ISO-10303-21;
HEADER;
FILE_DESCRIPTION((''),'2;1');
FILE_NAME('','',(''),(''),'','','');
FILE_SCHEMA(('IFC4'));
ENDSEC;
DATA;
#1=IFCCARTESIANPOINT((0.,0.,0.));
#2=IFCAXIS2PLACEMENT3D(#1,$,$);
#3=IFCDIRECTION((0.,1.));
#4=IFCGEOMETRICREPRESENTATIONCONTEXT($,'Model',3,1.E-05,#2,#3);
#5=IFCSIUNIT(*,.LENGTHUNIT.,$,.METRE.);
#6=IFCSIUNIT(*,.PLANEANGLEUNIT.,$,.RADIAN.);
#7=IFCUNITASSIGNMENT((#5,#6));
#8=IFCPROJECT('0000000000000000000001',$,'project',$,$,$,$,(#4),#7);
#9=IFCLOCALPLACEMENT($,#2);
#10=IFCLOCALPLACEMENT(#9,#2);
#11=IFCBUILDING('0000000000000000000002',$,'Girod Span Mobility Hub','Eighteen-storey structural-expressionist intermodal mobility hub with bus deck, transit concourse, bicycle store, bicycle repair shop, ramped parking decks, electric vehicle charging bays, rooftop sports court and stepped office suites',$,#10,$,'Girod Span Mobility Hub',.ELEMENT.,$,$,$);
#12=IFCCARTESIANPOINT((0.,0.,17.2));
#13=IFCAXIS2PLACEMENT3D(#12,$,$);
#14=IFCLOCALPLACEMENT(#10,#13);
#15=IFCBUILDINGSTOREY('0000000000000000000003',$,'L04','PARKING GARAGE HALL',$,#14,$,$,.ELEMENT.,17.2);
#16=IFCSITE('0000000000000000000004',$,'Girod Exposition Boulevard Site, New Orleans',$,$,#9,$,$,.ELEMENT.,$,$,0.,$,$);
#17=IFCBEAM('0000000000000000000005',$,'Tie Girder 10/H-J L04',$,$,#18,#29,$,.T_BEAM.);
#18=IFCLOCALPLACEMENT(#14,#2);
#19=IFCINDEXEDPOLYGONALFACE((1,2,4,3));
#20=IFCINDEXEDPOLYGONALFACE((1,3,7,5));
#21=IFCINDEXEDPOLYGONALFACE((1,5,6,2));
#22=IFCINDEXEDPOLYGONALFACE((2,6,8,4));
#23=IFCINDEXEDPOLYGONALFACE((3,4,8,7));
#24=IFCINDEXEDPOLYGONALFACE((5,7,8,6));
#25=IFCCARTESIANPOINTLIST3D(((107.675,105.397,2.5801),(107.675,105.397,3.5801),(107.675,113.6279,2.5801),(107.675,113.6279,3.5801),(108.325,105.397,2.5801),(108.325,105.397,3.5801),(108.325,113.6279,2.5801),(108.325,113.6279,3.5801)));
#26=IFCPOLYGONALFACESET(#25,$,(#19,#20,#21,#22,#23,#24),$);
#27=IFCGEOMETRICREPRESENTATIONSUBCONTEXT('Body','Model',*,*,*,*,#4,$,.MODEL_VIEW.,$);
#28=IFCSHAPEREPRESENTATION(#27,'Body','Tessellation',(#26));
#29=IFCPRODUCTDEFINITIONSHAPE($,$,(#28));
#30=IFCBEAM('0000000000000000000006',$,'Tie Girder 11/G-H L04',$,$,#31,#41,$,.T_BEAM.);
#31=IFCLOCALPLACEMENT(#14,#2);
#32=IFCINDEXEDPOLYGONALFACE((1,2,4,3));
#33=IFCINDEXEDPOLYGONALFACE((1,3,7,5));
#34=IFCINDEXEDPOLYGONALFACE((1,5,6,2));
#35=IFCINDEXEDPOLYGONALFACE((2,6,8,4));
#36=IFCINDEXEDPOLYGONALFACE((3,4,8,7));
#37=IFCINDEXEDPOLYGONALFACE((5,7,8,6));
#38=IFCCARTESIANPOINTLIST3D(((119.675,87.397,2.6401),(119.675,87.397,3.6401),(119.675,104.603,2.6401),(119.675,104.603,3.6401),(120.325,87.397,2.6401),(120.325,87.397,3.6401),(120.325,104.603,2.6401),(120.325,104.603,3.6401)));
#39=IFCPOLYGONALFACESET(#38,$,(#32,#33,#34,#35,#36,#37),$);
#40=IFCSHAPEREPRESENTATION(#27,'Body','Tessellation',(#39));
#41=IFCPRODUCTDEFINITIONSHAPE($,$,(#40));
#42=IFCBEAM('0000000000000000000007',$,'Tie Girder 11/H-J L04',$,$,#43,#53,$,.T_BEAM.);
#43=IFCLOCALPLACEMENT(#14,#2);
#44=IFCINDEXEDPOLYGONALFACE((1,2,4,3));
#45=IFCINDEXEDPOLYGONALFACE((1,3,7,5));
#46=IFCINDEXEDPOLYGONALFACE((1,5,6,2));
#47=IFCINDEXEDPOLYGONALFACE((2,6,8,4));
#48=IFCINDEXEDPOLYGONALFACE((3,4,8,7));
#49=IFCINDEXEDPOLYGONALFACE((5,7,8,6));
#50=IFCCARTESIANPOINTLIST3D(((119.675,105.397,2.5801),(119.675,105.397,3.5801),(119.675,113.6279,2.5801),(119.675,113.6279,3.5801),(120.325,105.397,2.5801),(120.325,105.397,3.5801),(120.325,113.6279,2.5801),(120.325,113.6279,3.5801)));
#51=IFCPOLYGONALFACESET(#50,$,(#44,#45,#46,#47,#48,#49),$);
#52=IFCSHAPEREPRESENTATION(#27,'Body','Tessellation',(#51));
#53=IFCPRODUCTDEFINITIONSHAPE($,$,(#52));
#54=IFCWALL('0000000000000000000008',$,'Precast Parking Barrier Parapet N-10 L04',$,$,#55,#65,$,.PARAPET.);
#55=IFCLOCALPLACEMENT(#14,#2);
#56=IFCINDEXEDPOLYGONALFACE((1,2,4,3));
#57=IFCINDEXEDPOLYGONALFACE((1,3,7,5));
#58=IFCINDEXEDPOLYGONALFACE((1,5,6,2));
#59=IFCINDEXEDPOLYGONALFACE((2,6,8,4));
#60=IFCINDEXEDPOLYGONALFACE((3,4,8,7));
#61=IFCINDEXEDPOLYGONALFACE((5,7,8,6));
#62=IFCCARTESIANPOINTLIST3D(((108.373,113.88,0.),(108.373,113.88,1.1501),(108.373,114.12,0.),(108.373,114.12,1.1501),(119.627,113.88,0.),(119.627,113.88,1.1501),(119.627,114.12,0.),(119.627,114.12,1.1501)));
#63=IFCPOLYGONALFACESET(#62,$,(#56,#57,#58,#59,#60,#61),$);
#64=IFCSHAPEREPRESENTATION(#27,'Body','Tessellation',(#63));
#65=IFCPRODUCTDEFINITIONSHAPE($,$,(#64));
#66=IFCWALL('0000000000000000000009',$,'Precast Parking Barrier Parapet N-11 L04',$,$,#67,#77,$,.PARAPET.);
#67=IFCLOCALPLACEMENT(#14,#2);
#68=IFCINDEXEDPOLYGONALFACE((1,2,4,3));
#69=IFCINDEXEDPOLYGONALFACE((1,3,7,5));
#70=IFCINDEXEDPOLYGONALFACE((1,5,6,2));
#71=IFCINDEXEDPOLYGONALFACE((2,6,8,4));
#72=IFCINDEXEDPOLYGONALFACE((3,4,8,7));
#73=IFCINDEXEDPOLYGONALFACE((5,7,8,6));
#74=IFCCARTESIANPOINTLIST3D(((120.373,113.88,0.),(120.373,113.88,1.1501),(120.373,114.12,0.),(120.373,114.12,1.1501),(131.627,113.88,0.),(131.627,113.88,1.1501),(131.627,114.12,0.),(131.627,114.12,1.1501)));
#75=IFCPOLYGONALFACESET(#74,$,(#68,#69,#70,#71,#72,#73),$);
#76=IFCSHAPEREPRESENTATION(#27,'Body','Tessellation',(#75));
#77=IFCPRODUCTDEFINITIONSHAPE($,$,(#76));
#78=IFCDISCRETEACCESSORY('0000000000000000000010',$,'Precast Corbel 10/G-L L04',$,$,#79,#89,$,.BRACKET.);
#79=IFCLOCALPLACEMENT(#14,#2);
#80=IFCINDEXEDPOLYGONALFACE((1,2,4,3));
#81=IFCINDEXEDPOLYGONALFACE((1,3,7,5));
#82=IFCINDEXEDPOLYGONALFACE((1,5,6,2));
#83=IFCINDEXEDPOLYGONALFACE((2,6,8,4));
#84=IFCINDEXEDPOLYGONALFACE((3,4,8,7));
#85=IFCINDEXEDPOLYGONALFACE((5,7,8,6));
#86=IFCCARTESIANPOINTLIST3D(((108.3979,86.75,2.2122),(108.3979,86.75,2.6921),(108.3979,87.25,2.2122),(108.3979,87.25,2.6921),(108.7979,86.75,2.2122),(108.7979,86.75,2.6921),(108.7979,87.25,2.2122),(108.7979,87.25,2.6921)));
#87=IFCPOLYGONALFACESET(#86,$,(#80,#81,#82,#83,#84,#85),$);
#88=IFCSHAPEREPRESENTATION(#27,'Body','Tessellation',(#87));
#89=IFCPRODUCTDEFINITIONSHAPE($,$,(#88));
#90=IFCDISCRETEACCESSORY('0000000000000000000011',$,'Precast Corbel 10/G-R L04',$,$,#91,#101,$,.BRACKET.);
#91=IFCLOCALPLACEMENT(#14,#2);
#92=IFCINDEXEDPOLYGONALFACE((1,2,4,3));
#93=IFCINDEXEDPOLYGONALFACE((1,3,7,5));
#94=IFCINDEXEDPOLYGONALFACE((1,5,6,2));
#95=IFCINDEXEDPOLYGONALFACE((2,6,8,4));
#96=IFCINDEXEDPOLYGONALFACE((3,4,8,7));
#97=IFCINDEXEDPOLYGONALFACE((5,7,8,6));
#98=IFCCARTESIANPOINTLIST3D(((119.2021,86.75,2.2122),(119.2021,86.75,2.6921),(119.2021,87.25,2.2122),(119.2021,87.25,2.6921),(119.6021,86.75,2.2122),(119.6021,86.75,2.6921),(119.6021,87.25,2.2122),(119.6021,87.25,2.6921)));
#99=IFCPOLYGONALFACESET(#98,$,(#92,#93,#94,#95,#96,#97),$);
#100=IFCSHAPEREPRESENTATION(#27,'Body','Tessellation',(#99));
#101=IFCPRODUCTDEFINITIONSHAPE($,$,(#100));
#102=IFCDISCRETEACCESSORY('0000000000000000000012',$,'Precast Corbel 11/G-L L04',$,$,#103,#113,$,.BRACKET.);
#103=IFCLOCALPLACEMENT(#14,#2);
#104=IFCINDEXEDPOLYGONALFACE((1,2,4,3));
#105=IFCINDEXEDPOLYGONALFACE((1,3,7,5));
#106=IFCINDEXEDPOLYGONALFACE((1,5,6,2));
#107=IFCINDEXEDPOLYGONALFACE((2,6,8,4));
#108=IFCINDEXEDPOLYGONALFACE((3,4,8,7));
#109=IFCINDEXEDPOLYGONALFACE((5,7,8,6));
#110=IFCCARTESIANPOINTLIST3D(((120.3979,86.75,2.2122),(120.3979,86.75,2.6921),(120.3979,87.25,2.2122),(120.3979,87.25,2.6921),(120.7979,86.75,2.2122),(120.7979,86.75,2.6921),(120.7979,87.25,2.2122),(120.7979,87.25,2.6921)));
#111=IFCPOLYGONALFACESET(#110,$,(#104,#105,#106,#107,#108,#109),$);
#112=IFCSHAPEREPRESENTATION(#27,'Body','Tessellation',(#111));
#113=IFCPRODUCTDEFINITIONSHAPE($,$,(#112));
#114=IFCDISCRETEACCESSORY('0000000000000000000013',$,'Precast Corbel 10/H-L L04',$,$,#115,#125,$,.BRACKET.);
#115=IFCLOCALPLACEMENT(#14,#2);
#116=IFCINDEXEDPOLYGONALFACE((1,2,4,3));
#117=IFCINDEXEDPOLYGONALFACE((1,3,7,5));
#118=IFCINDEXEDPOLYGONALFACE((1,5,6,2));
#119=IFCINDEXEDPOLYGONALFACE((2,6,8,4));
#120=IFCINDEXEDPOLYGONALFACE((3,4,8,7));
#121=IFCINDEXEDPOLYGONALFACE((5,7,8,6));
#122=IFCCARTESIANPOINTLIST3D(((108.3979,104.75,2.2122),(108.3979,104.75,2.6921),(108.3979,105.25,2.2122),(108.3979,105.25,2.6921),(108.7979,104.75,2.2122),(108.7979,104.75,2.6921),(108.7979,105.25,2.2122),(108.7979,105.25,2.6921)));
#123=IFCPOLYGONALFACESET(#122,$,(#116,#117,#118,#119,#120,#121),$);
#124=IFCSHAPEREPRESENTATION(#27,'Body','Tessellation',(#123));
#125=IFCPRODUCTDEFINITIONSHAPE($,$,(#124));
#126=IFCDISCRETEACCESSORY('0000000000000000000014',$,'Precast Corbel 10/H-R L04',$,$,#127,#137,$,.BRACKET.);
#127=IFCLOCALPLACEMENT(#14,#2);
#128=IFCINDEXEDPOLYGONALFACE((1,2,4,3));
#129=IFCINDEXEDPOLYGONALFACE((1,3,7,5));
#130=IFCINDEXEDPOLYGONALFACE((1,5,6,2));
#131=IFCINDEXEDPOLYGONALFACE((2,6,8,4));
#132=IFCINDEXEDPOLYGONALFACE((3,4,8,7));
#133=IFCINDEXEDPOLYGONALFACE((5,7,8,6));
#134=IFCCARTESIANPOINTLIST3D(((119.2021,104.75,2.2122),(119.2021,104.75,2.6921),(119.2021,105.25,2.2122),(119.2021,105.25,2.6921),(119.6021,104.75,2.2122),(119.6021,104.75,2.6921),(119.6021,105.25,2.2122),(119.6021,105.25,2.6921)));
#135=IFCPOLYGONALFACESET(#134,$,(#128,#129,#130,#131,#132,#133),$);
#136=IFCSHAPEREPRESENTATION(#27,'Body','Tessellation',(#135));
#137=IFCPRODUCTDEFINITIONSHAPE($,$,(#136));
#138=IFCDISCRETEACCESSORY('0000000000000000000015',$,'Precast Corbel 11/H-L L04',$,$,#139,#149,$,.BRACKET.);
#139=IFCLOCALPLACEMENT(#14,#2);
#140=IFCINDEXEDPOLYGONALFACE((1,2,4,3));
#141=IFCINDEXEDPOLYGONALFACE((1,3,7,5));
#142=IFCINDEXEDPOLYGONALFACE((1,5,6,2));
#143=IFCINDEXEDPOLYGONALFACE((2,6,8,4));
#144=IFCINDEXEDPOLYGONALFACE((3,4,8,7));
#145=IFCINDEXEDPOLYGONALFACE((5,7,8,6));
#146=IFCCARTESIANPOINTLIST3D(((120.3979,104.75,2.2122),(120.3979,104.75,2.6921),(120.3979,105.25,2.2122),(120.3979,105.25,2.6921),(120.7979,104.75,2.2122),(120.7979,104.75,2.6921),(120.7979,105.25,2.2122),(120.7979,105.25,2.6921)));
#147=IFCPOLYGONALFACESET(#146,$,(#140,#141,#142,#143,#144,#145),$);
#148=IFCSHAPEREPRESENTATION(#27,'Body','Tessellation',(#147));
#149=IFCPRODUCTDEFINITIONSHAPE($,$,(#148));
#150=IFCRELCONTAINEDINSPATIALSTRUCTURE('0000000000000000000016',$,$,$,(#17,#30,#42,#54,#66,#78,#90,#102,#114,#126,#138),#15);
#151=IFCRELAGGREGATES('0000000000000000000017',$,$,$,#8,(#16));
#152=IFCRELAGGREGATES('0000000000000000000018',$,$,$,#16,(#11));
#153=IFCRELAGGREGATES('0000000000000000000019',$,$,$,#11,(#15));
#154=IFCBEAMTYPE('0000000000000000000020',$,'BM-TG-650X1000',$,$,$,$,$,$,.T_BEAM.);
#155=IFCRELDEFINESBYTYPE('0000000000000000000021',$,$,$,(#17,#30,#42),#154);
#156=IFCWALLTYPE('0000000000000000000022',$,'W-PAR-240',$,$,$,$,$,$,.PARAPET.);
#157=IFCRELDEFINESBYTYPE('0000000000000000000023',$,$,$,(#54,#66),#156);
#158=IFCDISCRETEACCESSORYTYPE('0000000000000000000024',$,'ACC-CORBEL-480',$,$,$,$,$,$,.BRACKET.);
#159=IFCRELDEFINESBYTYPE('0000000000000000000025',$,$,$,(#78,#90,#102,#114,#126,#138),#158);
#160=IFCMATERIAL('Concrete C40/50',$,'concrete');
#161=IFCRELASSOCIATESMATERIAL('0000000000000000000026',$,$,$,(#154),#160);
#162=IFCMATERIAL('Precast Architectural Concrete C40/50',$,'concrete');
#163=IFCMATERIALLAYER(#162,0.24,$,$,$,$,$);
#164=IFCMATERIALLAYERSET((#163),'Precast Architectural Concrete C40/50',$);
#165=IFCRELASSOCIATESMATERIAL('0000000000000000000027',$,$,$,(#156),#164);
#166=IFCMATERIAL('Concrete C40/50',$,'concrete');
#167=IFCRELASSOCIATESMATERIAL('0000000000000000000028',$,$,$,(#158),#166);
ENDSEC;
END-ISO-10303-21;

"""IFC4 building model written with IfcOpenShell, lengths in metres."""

from ifc_helpers import new_model, si_unit, direction, frame, frame_2d, origin, origin_2d, place, context, subcontext, project, spatial, rectangle, extrude, material, layer, layer_set, material_profile, profile_set, type_object, element, save


model = new_model("IFC4")

# Units and contexts
model_context = context("Model", 3, precision=1e-05, world=origin(), true_north=direction((0.0, 1.0)))
body_context = subcontext(model_context, "Body", "Model", "MODEL_VIEW")
ifc_project = project(units=[si_unit("LENGTHUNIT", "METRE"), si_unit("PLANEANGLEUNIT", "RADIAN")], contexts=[model_context])

# Site, building, storey
site_placement = place(None, origin())
site = spatial("IfcSite", under=ifc_project, at=site_placement, Name="Girod Exposition Boulevard Site, New Orleans", CompositionType="ELEMENT", RefElevation=0.0)
building_placement = place(site_placement, origin())
building = spatial("IfcBuilding", under=site, at=building_placement, Name="Girod Span Mobility Hub", Description="Eighteen-storey structural-expressionist intermodal mobility hub with bus deck, transit concourse, bicycle store, bicycle repair shop, ramped parking decks, electric vehicle charging bays, rooftop sports court and stepped office suites", LongName="Girod Span Mobility Hub", CompositionType="ELEMENT")
storey_placement = place(building_placement, frame((0.0, 0.0, 17.2)))
storey = spatial("IfcBuildingStorey", under=building, at=storey_placement, Name="L04", Description="PARKING GARAGE HALL", CompositionType="ELEMENT", Elevation=17.2)

# Beams
ifc_material_1 = material(Name="Concrete C40/50", Category="concrete")
ifc_material_profile_1 = material_profile(ifc_material_1, rectangle(XDim=0.6499, YDim=1.0, at=origin_2d()), Name="TG-650X1000")
ifc_profile_set_1 = profile_set([ifc_material_profile_1], Name="Concrete C40/50")
beam_type_1 = type_object("IfcBeamType", Name="BM-TG-650X1000", PredefinedType="T_BEAM", material=ifc_profile_set_1)
beam_1_placement = place(storey_placement, frame((108.0, 105.397, 3.0801), z_axis=(0.0, 1.0, 0.0), x_axis=(-1.0, 0.0, 0.0)))
element("IfcBeam", 1, at=beam_1_placement, inside=storey, type_object=beam_type_1, Name="Tie Girder 10/H-J L04", PredefinedType="T_BEAM", context=body_context, shape_type="SweptSolid", body=[
    extrude(rectangle(XDim=0.6499, YDim=1.0, at=origin_2d()), origin(), (0.0, 0.0, 1.0), 8.231),
])
beam_2_placement = place(storey_placement, frame((120.0, 87.397, 3.1401), z_axis=(0.0, 1.0, 0.0), x_axis=(-1.0, 0.0, 0.0)))
element("IfcBeam", 2, at=beam_2_placement, inside=storey, type_object=beam_type_1, Name="Tie Girder 11/G-H L04", PredefinedType="T_BEAM", context=body_context, shape_type="SweptSolid", body=[
    extrude(rectangle(XDim=0.6499, YDim=1.0, at=origin_2d()), origin(), (0.0, 0.0, 1.0), 17.2061),
])
beam_3_placement = place(storey_placement, frame((120.0, 105.397, 3.0801), z_axis=(0.0, 1.0, 0.0), x_axis=(-1.0, 0.0, 0.0)))
element("IfcBeam", 3, at=beam_3_placement, inside=storey, type_object=beam_type_1, Name="Tie Girder 11/H-J L04", PredefinedType="T_BEAM", context=body_context, shape_type="SweptSolid", body=[
    extrude(rectangle(XDim=0.6499, YDim=1.0, at=origin_2d()), origin(), (0.0, 0.0, 1.0), 8.231),
])

# Walls
ifc_material_2 = material(Name="Precast Architectural Concrete C40/50", Category="concrete")
ifc_layer = layer(ifc_material_2, 0.24)
ifc_layer_set = layer_set([ifc_layer], Name="Precast Architectural Concrete C40/50")
wall_type = type_object("IfcWallType", Name="W-PAR-240", PredefinedType="PARAPET", material=ifc_layer_set)
for number, where, z_axis, x_axis, name in (
    (4, (108.373, 114.0, 0.0), (0.0, 0.0, 1.0), (1.0, 0.0, 0.0), "Precast Parking Barrier Parapet N-10 L04"),
    (5, (120.373, 114.0, 0.0), (0.0, 0.0, 1.0), (1.0, 0.0, 0.0), "Precast Parking Barrier Parapet N-11 L04"),
):
    element("IfcWall", number, at=place(storey_placement, frame(where, z_axis=z_axis, x_axis=x_axis)), inside=storey, type_object=wall_type, Name=name, PredefinedType="PARAPET", context=body_context, shape_type="SweptSolid", body=[
        extrude(rectangle(XDim=11.2539, YDim=0.24, at=frame_2d((5.627, 0.0))), origin(), (0.0, 0.0, 1.0), 1.1501),
    ])

# Discrete accessories
ifc_material_3 = material(Name="Concrete C40/50", Category="concrete")
discrete_accessory_type = type_object("IfcDiscreteAccessoryType", Name="ACC-CORBEL-480", PredefinedType="BRACKET", material=ifc_material_3)
for number, where, z_axis, x_axis, name in (
    (6, (108.5979, 87.0, 2.2122), (0.0, 0.0, 1.0), (1.0, 0.0, 0.0), "Precast Corbel 10/G-L L04"),
    (7, (119.4021, 87.0, 2.2122), (0.0, 0.0, 1.0), (1.0, 0.0, 0.0), "Precast Corbel 10/G-R L04"),
    (8, (120.5979, 87.0, 2.2122), (0.0, 0.0, 1.0), (1.0, 0.0, 0.0), "Precast Corbel 11/G-L L04"),
    (9, (108.5979, 105.0, 2.2122), (0.0, 0.0, 1.0), (1.0, 0.0, 0.0), "Precast Corbel 10/H-L L04"),
    (10, (119.4021, 105.0, 2.2122), (0.0, 0.0, 1.0), (1.0, 0.0, 0.0), "Precast Corbel 10/H-R L04"),
    (11, (120.5979, 105.0, 2.2122), (0.0, 0.0, 1.0), (1.0, 0.0, 0.0), "Precast Corbel 11/H-L L04"),
):
    element("IfcDiscreteAccessory", number, at=place(storey_placement, frame(where, z_axis=z_axis, x_axis=x_axis)), inside=storey, type_object=discrete_accessory_type, Name=name, PredefinedType="BRACKET", context=body_context, shape_type="SweptSolid", body=[
        extrude(rectangle(XDim=0.3999, YDim=0.5, at=origin_2d()), origin(), (0.0, 0.0, 1.0), 0.48),
    ])

save(model, "model.ifc")
